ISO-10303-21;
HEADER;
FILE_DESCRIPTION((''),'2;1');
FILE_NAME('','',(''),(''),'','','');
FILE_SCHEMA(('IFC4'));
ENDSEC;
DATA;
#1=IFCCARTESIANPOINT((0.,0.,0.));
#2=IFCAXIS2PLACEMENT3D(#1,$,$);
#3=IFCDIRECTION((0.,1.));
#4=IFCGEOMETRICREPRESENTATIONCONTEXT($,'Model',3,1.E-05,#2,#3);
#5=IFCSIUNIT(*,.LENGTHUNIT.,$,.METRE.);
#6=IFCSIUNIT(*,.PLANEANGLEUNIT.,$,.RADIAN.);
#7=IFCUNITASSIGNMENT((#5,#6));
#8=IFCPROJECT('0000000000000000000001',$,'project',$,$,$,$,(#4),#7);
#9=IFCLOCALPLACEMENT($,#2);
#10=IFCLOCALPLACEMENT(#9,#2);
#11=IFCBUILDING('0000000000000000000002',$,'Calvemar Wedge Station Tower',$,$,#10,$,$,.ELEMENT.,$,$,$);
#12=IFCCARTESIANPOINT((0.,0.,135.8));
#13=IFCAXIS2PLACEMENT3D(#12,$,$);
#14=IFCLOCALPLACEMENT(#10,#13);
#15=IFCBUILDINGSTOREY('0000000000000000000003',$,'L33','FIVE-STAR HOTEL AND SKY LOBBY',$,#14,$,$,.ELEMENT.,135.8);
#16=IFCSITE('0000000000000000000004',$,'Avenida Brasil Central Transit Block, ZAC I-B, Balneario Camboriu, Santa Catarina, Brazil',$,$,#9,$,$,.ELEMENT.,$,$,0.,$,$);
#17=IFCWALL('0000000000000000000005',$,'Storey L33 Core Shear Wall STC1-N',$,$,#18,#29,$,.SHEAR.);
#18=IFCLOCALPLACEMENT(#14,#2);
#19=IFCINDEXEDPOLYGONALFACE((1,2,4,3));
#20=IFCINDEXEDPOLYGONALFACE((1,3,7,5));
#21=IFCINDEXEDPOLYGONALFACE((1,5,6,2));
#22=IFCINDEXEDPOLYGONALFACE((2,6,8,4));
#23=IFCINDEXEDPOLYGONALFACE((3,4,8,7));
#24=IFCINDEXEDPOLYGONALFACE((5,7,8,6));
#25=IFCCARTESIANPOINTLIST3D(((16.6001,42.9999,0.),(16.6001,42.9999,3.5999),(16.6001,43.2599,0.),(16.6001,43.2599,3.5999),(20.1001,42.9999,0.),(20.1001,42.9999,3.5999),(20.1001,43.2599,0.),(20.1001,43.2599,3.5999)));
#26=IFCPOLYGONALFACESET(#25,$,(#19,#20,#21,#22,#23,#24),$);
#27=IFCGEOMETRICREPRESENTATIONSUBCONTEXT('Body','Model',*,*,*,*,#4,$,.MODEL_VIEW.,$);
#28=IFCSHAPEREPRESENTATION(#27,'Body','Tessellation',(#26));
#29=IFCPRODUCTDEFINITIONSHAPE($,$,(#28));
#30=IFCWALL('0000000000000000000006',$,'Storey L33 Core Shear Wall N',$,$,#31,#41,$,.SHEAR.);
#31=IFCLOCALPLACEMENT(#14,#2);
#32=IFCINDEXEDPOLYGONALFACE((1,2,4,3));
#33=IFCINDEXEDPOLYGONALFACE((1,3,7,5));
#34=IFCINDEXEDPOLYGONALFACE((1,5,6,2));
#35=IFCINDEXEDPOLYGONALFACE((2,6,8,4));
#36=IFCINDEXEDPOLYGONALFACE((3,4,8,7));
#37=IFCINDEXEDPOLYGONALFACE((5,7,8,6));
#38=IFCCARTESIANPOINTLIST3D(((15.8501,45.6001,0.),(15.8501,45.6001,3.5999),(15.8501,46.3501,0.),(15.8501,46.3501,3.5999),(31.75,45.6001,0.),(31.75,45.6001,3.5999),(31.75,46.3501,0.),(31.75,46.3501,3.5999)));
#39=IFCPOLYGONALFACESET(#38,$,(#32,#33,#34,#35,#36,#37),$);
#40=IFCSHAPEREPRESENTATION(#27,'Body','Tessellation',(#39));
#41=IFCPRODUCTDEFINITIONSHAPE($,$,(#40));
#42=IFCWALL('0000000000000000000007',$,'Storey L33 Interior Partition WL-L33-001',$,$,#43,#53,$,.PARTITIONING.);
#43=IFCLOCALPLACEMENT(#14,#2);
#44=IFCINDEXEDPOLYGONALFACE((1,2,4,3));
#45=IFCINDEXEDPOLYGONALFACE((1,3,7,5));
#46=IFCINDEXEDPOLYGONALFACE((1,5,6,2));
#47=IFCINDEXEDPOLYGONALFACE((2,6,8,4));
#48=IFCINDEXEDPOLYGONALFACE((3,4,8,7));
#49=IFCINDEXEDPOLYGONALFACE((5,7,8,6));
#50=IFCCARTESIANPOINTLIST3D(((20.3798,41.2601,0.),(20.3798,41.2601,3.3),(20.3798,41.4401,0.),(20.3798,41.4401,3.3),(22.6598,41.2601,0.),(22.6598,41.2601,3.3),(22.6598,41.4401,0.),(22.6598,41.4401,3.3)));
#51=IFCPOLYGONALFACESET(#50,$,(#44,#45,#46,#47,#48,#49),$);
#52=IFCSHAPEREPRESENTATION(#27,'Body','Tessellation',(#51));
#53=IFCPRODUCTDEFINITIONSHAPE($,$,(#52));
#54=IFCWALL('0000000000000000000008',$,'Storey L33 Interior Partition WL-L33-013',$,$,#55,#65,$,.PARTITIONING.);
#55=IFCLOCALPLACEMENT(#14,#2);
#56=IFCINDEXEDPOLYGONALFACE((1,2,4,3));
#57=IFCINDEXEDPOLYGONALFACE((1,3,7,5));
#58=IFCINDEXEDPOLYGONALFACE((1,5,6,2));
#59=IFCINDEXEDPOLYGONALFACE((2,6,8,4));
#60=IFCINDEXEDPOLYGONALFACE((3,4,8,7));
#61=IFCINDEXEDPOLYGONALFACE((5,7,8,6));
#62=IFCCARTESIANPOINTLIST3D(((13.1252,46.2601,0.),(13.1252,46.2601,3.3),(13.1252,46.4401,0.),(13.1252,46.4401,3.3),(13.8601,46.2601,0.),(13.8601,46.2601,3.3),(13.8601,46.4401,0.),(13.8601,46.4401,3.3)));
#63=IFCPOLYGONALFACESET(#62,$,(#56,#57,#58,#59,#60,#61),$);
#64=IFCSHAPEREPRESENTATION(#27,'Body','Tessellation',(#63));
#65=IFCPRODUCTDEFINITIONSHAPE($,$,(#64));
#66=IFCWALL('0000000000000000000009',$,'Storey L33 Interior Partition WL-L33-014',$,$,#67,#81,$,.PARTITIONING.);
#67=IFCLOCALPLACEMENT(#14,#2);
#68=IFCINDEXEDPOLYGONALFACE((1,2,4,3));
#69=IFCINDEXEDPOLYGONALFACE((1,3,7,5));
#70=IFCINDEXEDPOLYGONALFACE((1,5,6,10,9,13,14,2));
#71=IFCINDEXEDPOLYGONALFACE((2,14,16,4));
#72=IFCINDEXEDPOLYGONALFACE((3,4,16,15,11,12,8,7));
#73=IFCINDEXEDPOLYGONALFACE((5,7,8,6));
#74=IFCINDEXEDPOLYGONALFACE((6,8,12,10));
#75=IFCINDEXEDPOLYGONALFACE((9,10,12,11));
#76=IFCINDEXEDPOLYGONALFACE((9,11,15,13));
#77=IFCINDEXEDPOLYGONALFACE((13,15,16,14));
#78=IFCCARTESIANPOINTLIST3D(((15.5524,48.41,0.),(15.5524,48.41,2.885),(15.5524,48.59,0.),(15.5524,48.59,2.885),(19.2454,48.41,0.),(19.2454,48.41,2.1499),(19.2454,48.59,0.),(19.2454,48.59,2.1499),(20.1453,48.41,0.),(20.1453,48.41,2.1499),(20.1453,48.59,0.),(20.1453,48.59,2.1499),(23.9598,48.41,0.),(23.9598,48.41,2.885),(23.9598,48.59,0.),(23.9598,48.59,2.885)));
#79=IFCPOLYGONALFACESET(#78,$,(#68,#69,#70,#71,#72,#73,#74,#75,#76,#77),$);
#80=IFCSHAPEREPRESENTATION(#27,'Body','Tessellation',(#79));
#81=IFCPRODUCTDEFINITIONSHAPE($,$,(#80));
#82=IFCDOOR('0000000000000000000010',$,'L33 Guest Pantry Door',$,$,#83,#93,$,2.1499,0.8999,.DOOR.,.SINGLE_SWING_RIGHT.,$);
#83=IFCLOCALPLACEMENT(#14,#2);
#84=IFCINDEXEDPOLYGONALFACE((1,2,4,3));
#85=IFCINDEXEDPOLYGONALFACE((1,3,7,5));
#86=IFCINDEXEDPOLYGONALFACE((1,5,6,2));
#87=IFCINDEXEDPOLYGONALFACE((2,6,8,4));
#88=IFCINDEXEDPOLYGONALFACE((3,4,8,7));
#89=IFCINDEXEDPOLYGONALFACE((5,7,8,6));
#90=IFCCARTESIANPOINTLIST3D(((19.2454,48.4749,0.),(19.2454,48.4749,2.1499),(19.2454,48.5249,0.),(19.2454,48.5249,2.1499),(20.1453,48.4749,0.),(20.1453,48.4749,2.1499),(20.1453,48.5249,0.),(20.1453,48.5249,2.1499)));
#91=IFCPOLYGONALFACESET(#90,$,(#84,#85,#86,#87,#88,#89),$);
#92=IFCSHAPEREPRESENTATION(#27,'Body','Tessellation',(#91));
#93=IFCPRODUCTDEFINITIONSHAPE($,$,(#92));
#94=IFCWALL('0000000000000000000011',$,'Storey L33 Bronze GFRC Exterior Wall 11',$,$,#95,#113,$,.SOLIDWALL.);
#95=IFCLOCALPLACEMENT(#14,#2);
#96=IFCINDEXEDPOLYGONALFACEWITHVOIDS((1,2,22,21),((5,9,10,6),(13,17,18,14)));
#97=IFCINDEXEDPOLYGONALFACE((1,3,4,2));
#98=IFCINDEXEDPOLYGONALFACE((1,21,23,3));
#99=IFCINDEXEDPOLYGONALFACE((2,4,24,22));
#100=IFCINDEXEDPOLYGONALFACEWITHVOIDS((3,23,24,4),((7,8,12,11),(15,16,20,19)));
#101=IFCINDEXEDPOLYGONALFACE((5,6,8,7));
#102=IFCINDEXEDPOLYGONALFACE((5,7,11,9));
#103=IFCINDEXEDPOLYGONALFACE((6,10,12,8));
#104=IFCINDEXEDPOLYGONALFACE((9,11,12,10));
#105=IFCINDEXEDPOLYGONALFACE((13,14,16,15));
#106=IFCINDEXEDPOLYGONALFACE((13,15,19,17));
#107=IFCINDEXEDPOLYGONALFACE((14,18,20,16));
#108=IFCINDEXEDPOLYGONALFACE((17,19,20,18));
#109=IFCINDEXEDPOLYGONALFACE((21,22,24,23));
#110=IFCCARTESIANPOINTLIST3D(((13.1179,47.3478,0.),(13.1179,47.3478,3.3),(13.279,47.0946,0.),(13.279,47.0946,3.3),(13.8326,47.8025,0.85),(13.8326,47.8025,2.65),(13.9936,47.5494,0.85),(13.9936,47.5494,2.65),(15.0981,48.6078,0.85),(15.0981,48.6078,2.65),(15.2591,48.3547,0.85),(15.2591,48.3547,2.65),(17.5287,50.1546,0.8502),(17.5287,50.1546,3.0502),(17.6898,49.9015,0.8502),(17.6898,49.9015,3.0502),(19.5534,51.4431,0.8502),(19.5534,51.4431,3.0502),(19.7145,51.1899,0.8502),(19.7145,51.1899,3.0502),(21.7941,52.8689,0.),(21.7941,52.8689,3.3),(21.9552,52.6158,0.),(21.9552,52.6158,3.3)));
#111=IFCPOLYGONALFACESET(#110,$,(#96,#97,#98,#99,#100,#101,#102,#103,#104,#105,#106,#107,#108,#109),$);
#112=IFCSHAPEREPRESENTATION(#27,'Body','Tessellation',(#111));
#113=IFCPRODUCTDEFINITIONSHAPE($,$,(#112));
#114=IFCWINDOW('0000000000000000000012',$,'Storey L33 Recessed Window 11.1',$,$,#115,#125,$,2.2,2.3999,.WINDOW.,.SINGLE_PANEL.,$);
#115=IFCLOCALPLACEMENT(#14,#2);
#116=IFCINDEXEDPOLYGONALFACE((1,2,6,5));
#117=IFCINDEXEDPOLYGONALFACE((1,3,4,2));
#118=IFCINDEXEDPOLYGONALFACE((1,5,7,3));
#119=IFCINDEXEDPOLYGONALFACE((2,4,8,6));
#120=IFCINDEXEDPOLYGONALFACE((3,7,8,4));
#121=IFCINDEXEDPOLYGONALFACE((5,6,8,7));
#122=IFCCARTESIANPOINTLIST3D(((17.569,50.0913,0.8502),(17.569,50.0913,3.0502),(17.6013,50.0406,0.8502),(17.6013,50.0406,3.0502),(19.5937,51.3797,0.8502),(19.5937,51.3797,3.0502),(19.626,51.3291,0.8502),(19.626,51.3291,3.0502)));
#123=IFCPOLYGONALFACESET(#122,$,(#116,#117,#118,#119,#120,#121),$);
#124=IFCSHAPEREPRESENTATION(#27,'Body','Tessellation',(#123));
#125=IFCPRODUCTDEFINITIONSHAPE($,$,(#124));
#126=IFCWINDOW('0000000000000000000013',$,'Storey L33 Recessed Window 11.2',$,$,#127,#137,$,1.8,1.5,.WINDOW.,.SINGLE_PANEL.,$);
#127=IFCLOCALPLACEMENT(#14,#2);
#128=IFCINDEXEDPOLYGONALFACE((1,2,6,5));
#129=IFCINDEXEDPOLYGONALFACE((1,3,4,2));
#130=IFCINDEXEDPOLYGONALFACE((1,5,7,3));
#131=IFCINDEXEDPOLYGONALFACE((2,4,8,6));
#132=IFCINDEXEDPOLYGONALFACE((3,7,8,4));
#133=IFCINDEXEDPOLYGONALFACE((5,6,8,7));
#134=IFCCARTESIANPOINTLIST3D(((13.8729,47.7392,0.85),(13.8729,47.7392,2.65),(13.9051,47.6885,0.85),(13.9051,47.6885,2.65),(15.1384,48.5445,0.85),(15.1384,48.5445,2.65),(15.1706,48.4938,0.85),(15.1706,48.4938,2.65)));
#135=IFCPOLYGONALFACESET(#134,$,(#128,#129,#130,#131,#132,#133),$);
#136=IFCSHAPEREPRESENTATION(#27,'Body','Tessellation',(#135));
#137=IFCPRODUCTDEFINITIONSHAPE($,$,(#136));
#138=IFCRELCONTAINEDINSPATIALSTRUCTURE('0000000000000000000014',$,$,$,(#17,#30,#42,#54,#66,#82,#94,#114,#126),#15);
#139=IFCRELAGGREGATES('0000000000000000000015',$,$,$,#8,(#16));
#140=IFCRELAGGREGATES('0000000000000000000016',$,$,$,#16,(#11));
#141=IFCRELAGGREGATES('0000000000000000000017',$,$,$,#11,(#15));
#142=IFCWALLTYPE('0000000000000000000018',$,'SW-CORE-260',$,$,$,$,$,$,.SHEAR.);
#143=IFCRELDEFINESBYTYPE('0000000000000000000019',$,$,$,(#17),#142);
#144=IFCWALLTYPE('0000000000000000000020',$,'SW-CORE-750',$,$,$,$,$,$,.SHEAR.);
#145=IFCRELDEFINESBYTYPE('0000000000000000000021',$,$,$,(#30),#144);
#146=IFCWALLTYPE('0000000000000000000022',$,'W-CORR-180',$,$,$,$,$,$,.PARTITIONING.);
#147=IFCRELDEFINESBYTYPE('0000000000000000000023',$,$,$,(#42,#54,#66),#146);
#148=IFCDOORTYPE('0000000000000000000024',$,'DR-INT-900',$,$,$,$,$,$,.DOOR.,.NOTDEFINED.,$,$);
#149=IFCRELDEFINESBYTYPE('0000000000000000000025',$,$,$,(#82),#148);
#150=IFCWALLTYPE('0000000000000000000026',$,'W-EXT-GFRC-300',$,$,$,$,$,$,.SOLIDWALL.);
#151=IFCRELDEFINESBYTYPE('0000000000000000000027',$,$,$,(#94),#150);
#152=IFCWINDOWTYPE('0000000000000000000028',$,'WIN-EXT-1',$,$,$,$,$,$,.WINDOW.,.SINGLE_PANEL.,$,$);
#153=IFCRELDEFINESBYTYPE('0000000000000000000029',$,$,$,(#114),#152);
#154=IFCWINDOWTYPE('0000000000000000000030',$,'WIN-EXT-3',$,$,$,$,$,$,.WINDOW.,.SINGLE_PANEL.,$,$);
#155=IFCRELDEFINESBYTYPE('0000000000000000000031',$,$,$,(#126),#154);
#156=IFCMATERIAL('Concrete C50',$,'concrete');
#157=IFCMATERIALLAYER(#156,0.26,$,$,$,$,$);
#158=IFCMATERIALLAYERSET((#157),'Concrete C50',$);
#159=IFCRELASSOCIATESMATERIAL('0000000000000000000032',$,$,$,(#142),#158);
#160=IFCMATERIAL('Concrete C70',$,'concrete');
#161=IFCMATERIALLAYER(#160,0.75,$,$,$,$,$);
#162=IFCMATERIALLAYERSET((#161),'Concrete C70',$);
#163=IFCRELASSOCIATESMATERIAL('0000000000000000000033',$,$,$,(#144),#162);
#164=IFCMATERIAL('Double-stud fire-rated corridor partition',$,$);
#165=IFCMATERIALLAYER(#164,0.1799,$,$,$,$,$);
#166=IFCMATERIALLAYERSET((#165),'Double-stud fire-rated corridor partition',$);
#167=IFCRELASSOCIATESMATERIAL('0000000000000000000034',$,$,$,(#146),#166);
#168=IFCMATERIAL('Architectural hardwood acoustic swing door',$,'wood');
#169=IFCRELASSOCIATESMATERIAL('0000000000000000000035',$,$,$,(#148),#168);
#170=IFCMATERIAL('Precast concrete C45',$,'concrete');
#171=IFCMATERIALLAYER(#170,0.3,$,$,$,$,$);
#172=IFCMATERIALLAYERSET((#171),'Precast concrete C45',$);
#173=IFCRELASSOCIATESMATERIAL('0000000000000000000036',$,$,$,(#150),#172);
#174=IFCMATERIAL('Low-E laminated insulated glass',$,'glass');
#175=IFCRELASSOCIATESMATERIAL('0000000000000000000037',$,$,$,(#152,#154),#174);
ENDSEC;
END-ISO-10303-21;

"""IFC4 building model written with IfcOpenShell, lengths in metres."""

from ifc_helpers import new_model, si_unit, direction, frame, frame_2d, origin, place, context, subcontext, project, spatial, rectangle, extrude, source, transform, mapped, material, layer, layer_set, type_object, element, fill, save


model = new_model("IFC4")

# Units and contexts
model_context = context("Model", 3, precision=1e-05, world=origin(), true_north=direction((0.0, 1.0)))
body_context = subcontext(model_context, "Body", "Model", "MODEL_VIEW")
ifc_project = project(units=[si_unit("LENGTHUNIT", "METRE"), si_unit("PLANEANGLEUNIT", "RADIAN")], contexts=[model_context])

# Site, building, storey
site_placement = place(None, origin())
site = spatial("IfcSite", under=ifc_project, at=site_placement, Name="Avenida Brasil Central Transit Block, ZAC I-B, Balneario Camboriu, Santa Catarina, Brazil", CompositionType="ELEMENT", RefElevation=0.0)
building_placement = place(site_placement, origin())
building = spatial("IfcBuilding", under=site, at=building_placement, Name="Calvemar Wedge Station Tower", CompositionType="ELEMENT")
storey_placement = place(building_placement, frame((0.0, 0.0, 135.8)))
storey = spatial("IfcBuildingStorey", under=building, at=storey_placement, Name="L33", Description="FIVE-STAR HOTEL AND SKY LOBBY", CompositionType="ELEMENT", Elevation=135.8)

# Walls
ifc_material_1 = material(Name="Concrete C50", Category="concrete")
ifc_layer_1 = layer(ifc_material_1, 0.26)
ifc_layer_set_1 = layer_set([ifc_layer_1], Name="Concrete C50")
wall_type_1 = type_object("IfcWallType", Name="SW-CORE-260", PredefinedType="SHEAR", material=ifc_layer_set_1)
wall_1_placement = place(storey_placement, frame((16.6001, 43.1299, 0.0), z_axis=(0.0, 0.0, 1.0), x_axis=(1.0, 0.0, 0.0)))
element("IfcWall", 1, at=wall_1_placement, inside=storey, type_object=wall_type_1, Name="Storey L33 Core Shear Wall STC1-N", PredefinedType="SHEAR", context=body_context, shape_type="SweptSolid", body=[
    extrude(rectangle(XDim=3.5, YDim=0.26, at=frame_2d((1.75, 0.0))), origin(), (0.0, 0.0, 1.0), 3.5999),
])
ifc_material_2 = material(Name="Concrete C70", Category="concrete")
ifc_layer_2 = layer(ifc_material_2, 0.75)
ifc_layer_set_2 = layer_set([ifc_layer_2], Name="Concrete C70")
wall_type_2 = type_object("IfcWallType", Name="SW-CORE-750", PredefinedType="SHEAR", material=ifc_layer_set_2)
wall_2_placement = place(storey_placement, frame((15.8501, 45.9751, 0.0), z_axis=(0.0, 0.0, 1.0), x_axis=(1.0, 0.0, 0.0)))
element("IfcWall", 2, at=wall_2_placement, inside=storey, type_object=wall_type_2, Name="Storey L33 Core Shear Wall N", PredefinedType="SHEAR", context=body_context, shape_type="SweptSolid", body=[
    extrude(rectangle(XDim=15.8999, YDim=0.75, at=frame_2d((7.95, 0.0))), origin(), (0.0, 0.0, 1.0), 3.5999),
])
ifc_material_3 = material(Name="Double-stud fire-rated corridor partition")
ifc_layer_3 = layer(ifc_material_3, 0.1799)
ifc_layer_set_3 = layer_set([ifc_layer_3], Name="Double-stud fire-rated corridor partition")
wall_type_3 = type_object("IfcWallType", Name="W-CORR-180", PredefinedType="PARTITIONING", material=ifc_layer_set_3)
wall_3_placement = place(storey_placement, frame((22.6599, 41.3501, 0.0), z_axis=(0.0, 0.0, 1.0), x_axis=(-1.0, 0.0, 0.0)))
element("IfcWall", 3, at=wall_3_placement, inside=storey, type_object=wall_type_3, Name="Storey L33 Interior Partition WL-L33-001", PredefinedType="PARTITIONING", context=body_context, shape_type="SweptSolid", body=[
    extrude(rectangle(XDim=2.28, YDim=0.1799, at=frame_2d((1.1401, 0.0))), origin(), (0.0, 0.0, 1.0), 3.3),
])

# Wall
wall_4_placement = place(storey_placement, frame((13.8601, 46.3501, 0.0), z_axis=(0.0, 0.0, 1.0), x_axis=(-1.0, 0.0, 0.0)))
element("IfcWall", 4, at=wall_4_placement, inside=storey, type_object=wall_type_3, Name="Storey L33 Interior Partition WL-L33-013", PredefinedType="PARTITIONING", context=body_context, shape_type="SweptSolid", body=[
    extrude(rectangle(XDim=0.7349, YDim=0.1799, at=frame_2d((0.3674, 0.0))), origin(), (0.0, 0.0, 1.0), 3.3),
])

# Wall, opening, door
wall_5_placement = place(storey_placement, frame((15.5525, 48.5, 0.0), z_axis=(0.0, 0.0, 1.0), x_axis=(1.0, 0.0, 0.0)))
wall_5 = element("IfcWall", 5, at=wall_5_placement, inside=storey, type_object=wall_type_3, Name="Storey L33 Interior Partition WL-L33-014", PredefinedType="PARTITIONING", context=body_context, shape_type="SweptSolid", body=[
    extrude(rectangle(XDim=8.4075, YDim=0.1799, at=frame_2d((4.2036, 0.0))), origin(), (0.0, 0.0, 1.0), 2.885),
])
shared_shape_1 = source(origin(), body_context, "Body", "SweptSolid", [
    extrude(rectangle(XDim=0.8999, YDim=2.1499, at=frame_2d((0.45, 1.075))), frame((0.0, 0.1001, 0.0), z_axis=(0.0, -1.0, 0.0), x_axis=(1.0, 0.0, 0.0)), (0.0, 0.0, 1.0), 0.2),
])
opening_1_placement = place(wall_5_placement, frame((3.6929, 0.0, 0.0)))
opening_1 = element("IfcOpeningElement", 6, at=opening_1_placement, cuts=wall_5, PredefinedType="OPENING", context=body_context, shape_type="MappedRepresentation", body=[
    mapped(shared_shape_1, transform((0.0, 0.0, 0.0), scale=1.0)),
])
ifc_material_4 = material(Name="Architectural hardwood acoustic swing door", Category="wood")
door_type_1 = type_object("IfcDoorType", Name="DR-INT-900", OperationType="NOTDEFINED", PredefinedType="DOOR", material=ifc_material_4)
shared_shape_2 = source(origin(), body_context, "Body", "SweptSolid", [
    extrude(rectangle(XDim=0.8999, YDim=2.1499, at=frame_2d((0.45, 1.075))), frame((0.0, 0.0249, 0.0), z_axis=(0.0, -1.0, 0.0), x_axis=(1.0, 0.0, 0.0)), (0.0, 0.0, 1.0), 0.05),
])
door_1_placement = place(opening_1_placement, origin())
door_1 = element("IfcDoor", 7, at=door_1_placement, inside=storey, type_object=door_type_1, Name="L33 Guest Pantry Door", OperationType="SINGLE_SWING_RIGHT", OverallHeight=2.1499, OverallWidth=0.8999, PredefinedType="DOOR", context=body_context, shape_type="MappedRepresentation", body=[
    mapped(shared_shape_2, transform((0.0, 0.0, 0.0), scale=1.0)),
])
fill(opening_1, door_1)

# Wall, openings, windows
ifc_material_5 = material(Name="Precast concrete C45", Category="concrete")
ifc_layer_4 = layer(ifc_material_5, 0.3)
ifc_layer_set_4 = layer_set([ifc_layer_4], Name="Precast concrete C45")
wall_type_4 = type_object("IfcWallType", Name="W-EXT-GFRC-300", PredefinedType="SOLIDWALL", material=ifc_layer_set_4)
wall_6_placement = place(storey_placement, frame((21.8748, 52.7424, 0.0), z_axis=(0.0, 0.0, 1.0), x_axis=(-0.843662, -0.536874, 0.0)))
wall_6 = element("IfcWall", 8, at=wall_6_placement, inside=storey, type_object=wall_type_4, Name="Storey L33 Bronze GFRC Exterior Wall 11", PredefinedType="SOLIDWALL", context=body_context, shape_type="SweptSolid", body=[
    extrude(rectangle(XDim=10.2839, YDim=0.3, at=frame_2d((5.1421, 0.0))), origin(), (0.0, 0.0, 1.0), 3.3),
])
shared_shape_3 = source(origin(), body_context, "Body", "SweptSolid", [
    extrude(rectangle(XDim=2.3999, YDim=2.2, at=frame_2d((1.2, 1.1001))), frame((0.0, 0.1602, 0.0), z_axis=(0.0, -1.0, 0.0), x_axis=(1.0, 0.0, 0.0)), (0.0, 0.0, 1.0), 0.3201),
])
opening_2_placement = place(wall_6_placement, frame((2.656, 0.0, 0.8501)))
opening_2 = element("IfcOpeningElement", 9, at=opening_2_placement, cuts=wall_6, PredefinedType="OPENING", context=body_context, shape_type="MappedRepresentation", body=[
    mapped(shared_shape_3, transform((0.0, 0.0, 0.0), scale=1.0)),
])
shared_shape_4 = source(origin(), body_context, "Body", "SweptSolid", [
    extrude(rectangle(XDim=1.5, YDim=1.8, at=frame_2d((0.75, 0.8999))), frame((0.0, 0.1602, 0.0), z_axis=(0.0, -1.0, 0.0), x_axis=(1.0, 0.0, 0.0)), (0.0, 0.0, 1.0), 0.3201),
])
opening_3_placement = place(wall_6_placement, frame((7.937, 0.0, 0.8501)))
opening_3 = element("IfcOpeningElement", 10, at=opening_3_placement, cuts=wall_6, PredefinedType="OPENING", context=body_context, shape_type="MappedRepresentation", body=[
    mapped(shared_shape_4, transform((0.0, 0.0, 0.0), scale=1.0)),
])
ifc_material_6 = material(Name="Low-E laminated insulated glass", Category="glass")
window_type_1 = type_object("IfcWindowType", Name="WIN-EXT-1", PartitioningType="SINGLE_PANEL", PredefinedType="WINDOW", material=ifc_material_6)
shared_shape_5 = source(origin(), body_context, "Body", "SweptSolid", [
    extrude(rectangle(XDim=2.3999, YDim=2.2, at=frame_2d((1.2, 1.1001))), frame((0.0, -0.0149, 0.0), z_axis=(0.0, -1.0, 0.0), x_axis=(1.0, 0.0, 0.0)), (0.0, 0.0, 1.0), 0.0601),
])
window_1_placement = place(opening_2_placement, origin())
window_1 = element("IfcWindow", 11, at=window_1_placement, inside=storey, type_object=window_type_1, Name="Storey L33 Recessed Window 11.1", OverallHeight=2.2, OverallWidth=2.3999, PartitioningType="SINGLE_PANEL", PredefinedType="WINDOW", context=body_context, shape_type="MappedRepresentation", body=[
    mapped(shared_shape_5, transform((0.0, 0.0, 0.0), scale=1.0)),
])
fill(opening_2, window_1)
window_type_2 = type_object("IfcWindowType", Name="WIN-EXT-3", PartitioningType="SINGLE_PANEL", PredefinedType="WINDOW", material=ifc_material_6)
shared_shape_6 = source(origin(), body_context, "Body", "SweptSolid", [
    extrude(rectangle(XDim=1.5, YDim=1.8, at=frame_2d((0.75, 0.8999))), frame((0.0, -0.0149, 0.0), z_axis=(0.0, -1.0, 0.0), x_axis=(1.0, 0.0, 0.0)), (0.0, 0.0, 1.0), 0.0601),
])
window_2_placement = place(opening_3_placement, origin())
window_2 = element("IfcWindow", 12, at=window_2_placement, inside=storey, type_object=window_type_2, Name="Storey L33 Recessed Window 11.2", OverallHeight=1.8, OverallWidth=1.5, PartitioningType="SINGLE_PANEL", PredefinedType="WINDOW", context=body_context, shape_type="MappedRepresentation", body=[
    mapped(shared_shape_6, transform((0.0, 0.0, 0.0), scale=1.0)),
])
fill(opening_3, window_2)

save(model, "model.ifc")
